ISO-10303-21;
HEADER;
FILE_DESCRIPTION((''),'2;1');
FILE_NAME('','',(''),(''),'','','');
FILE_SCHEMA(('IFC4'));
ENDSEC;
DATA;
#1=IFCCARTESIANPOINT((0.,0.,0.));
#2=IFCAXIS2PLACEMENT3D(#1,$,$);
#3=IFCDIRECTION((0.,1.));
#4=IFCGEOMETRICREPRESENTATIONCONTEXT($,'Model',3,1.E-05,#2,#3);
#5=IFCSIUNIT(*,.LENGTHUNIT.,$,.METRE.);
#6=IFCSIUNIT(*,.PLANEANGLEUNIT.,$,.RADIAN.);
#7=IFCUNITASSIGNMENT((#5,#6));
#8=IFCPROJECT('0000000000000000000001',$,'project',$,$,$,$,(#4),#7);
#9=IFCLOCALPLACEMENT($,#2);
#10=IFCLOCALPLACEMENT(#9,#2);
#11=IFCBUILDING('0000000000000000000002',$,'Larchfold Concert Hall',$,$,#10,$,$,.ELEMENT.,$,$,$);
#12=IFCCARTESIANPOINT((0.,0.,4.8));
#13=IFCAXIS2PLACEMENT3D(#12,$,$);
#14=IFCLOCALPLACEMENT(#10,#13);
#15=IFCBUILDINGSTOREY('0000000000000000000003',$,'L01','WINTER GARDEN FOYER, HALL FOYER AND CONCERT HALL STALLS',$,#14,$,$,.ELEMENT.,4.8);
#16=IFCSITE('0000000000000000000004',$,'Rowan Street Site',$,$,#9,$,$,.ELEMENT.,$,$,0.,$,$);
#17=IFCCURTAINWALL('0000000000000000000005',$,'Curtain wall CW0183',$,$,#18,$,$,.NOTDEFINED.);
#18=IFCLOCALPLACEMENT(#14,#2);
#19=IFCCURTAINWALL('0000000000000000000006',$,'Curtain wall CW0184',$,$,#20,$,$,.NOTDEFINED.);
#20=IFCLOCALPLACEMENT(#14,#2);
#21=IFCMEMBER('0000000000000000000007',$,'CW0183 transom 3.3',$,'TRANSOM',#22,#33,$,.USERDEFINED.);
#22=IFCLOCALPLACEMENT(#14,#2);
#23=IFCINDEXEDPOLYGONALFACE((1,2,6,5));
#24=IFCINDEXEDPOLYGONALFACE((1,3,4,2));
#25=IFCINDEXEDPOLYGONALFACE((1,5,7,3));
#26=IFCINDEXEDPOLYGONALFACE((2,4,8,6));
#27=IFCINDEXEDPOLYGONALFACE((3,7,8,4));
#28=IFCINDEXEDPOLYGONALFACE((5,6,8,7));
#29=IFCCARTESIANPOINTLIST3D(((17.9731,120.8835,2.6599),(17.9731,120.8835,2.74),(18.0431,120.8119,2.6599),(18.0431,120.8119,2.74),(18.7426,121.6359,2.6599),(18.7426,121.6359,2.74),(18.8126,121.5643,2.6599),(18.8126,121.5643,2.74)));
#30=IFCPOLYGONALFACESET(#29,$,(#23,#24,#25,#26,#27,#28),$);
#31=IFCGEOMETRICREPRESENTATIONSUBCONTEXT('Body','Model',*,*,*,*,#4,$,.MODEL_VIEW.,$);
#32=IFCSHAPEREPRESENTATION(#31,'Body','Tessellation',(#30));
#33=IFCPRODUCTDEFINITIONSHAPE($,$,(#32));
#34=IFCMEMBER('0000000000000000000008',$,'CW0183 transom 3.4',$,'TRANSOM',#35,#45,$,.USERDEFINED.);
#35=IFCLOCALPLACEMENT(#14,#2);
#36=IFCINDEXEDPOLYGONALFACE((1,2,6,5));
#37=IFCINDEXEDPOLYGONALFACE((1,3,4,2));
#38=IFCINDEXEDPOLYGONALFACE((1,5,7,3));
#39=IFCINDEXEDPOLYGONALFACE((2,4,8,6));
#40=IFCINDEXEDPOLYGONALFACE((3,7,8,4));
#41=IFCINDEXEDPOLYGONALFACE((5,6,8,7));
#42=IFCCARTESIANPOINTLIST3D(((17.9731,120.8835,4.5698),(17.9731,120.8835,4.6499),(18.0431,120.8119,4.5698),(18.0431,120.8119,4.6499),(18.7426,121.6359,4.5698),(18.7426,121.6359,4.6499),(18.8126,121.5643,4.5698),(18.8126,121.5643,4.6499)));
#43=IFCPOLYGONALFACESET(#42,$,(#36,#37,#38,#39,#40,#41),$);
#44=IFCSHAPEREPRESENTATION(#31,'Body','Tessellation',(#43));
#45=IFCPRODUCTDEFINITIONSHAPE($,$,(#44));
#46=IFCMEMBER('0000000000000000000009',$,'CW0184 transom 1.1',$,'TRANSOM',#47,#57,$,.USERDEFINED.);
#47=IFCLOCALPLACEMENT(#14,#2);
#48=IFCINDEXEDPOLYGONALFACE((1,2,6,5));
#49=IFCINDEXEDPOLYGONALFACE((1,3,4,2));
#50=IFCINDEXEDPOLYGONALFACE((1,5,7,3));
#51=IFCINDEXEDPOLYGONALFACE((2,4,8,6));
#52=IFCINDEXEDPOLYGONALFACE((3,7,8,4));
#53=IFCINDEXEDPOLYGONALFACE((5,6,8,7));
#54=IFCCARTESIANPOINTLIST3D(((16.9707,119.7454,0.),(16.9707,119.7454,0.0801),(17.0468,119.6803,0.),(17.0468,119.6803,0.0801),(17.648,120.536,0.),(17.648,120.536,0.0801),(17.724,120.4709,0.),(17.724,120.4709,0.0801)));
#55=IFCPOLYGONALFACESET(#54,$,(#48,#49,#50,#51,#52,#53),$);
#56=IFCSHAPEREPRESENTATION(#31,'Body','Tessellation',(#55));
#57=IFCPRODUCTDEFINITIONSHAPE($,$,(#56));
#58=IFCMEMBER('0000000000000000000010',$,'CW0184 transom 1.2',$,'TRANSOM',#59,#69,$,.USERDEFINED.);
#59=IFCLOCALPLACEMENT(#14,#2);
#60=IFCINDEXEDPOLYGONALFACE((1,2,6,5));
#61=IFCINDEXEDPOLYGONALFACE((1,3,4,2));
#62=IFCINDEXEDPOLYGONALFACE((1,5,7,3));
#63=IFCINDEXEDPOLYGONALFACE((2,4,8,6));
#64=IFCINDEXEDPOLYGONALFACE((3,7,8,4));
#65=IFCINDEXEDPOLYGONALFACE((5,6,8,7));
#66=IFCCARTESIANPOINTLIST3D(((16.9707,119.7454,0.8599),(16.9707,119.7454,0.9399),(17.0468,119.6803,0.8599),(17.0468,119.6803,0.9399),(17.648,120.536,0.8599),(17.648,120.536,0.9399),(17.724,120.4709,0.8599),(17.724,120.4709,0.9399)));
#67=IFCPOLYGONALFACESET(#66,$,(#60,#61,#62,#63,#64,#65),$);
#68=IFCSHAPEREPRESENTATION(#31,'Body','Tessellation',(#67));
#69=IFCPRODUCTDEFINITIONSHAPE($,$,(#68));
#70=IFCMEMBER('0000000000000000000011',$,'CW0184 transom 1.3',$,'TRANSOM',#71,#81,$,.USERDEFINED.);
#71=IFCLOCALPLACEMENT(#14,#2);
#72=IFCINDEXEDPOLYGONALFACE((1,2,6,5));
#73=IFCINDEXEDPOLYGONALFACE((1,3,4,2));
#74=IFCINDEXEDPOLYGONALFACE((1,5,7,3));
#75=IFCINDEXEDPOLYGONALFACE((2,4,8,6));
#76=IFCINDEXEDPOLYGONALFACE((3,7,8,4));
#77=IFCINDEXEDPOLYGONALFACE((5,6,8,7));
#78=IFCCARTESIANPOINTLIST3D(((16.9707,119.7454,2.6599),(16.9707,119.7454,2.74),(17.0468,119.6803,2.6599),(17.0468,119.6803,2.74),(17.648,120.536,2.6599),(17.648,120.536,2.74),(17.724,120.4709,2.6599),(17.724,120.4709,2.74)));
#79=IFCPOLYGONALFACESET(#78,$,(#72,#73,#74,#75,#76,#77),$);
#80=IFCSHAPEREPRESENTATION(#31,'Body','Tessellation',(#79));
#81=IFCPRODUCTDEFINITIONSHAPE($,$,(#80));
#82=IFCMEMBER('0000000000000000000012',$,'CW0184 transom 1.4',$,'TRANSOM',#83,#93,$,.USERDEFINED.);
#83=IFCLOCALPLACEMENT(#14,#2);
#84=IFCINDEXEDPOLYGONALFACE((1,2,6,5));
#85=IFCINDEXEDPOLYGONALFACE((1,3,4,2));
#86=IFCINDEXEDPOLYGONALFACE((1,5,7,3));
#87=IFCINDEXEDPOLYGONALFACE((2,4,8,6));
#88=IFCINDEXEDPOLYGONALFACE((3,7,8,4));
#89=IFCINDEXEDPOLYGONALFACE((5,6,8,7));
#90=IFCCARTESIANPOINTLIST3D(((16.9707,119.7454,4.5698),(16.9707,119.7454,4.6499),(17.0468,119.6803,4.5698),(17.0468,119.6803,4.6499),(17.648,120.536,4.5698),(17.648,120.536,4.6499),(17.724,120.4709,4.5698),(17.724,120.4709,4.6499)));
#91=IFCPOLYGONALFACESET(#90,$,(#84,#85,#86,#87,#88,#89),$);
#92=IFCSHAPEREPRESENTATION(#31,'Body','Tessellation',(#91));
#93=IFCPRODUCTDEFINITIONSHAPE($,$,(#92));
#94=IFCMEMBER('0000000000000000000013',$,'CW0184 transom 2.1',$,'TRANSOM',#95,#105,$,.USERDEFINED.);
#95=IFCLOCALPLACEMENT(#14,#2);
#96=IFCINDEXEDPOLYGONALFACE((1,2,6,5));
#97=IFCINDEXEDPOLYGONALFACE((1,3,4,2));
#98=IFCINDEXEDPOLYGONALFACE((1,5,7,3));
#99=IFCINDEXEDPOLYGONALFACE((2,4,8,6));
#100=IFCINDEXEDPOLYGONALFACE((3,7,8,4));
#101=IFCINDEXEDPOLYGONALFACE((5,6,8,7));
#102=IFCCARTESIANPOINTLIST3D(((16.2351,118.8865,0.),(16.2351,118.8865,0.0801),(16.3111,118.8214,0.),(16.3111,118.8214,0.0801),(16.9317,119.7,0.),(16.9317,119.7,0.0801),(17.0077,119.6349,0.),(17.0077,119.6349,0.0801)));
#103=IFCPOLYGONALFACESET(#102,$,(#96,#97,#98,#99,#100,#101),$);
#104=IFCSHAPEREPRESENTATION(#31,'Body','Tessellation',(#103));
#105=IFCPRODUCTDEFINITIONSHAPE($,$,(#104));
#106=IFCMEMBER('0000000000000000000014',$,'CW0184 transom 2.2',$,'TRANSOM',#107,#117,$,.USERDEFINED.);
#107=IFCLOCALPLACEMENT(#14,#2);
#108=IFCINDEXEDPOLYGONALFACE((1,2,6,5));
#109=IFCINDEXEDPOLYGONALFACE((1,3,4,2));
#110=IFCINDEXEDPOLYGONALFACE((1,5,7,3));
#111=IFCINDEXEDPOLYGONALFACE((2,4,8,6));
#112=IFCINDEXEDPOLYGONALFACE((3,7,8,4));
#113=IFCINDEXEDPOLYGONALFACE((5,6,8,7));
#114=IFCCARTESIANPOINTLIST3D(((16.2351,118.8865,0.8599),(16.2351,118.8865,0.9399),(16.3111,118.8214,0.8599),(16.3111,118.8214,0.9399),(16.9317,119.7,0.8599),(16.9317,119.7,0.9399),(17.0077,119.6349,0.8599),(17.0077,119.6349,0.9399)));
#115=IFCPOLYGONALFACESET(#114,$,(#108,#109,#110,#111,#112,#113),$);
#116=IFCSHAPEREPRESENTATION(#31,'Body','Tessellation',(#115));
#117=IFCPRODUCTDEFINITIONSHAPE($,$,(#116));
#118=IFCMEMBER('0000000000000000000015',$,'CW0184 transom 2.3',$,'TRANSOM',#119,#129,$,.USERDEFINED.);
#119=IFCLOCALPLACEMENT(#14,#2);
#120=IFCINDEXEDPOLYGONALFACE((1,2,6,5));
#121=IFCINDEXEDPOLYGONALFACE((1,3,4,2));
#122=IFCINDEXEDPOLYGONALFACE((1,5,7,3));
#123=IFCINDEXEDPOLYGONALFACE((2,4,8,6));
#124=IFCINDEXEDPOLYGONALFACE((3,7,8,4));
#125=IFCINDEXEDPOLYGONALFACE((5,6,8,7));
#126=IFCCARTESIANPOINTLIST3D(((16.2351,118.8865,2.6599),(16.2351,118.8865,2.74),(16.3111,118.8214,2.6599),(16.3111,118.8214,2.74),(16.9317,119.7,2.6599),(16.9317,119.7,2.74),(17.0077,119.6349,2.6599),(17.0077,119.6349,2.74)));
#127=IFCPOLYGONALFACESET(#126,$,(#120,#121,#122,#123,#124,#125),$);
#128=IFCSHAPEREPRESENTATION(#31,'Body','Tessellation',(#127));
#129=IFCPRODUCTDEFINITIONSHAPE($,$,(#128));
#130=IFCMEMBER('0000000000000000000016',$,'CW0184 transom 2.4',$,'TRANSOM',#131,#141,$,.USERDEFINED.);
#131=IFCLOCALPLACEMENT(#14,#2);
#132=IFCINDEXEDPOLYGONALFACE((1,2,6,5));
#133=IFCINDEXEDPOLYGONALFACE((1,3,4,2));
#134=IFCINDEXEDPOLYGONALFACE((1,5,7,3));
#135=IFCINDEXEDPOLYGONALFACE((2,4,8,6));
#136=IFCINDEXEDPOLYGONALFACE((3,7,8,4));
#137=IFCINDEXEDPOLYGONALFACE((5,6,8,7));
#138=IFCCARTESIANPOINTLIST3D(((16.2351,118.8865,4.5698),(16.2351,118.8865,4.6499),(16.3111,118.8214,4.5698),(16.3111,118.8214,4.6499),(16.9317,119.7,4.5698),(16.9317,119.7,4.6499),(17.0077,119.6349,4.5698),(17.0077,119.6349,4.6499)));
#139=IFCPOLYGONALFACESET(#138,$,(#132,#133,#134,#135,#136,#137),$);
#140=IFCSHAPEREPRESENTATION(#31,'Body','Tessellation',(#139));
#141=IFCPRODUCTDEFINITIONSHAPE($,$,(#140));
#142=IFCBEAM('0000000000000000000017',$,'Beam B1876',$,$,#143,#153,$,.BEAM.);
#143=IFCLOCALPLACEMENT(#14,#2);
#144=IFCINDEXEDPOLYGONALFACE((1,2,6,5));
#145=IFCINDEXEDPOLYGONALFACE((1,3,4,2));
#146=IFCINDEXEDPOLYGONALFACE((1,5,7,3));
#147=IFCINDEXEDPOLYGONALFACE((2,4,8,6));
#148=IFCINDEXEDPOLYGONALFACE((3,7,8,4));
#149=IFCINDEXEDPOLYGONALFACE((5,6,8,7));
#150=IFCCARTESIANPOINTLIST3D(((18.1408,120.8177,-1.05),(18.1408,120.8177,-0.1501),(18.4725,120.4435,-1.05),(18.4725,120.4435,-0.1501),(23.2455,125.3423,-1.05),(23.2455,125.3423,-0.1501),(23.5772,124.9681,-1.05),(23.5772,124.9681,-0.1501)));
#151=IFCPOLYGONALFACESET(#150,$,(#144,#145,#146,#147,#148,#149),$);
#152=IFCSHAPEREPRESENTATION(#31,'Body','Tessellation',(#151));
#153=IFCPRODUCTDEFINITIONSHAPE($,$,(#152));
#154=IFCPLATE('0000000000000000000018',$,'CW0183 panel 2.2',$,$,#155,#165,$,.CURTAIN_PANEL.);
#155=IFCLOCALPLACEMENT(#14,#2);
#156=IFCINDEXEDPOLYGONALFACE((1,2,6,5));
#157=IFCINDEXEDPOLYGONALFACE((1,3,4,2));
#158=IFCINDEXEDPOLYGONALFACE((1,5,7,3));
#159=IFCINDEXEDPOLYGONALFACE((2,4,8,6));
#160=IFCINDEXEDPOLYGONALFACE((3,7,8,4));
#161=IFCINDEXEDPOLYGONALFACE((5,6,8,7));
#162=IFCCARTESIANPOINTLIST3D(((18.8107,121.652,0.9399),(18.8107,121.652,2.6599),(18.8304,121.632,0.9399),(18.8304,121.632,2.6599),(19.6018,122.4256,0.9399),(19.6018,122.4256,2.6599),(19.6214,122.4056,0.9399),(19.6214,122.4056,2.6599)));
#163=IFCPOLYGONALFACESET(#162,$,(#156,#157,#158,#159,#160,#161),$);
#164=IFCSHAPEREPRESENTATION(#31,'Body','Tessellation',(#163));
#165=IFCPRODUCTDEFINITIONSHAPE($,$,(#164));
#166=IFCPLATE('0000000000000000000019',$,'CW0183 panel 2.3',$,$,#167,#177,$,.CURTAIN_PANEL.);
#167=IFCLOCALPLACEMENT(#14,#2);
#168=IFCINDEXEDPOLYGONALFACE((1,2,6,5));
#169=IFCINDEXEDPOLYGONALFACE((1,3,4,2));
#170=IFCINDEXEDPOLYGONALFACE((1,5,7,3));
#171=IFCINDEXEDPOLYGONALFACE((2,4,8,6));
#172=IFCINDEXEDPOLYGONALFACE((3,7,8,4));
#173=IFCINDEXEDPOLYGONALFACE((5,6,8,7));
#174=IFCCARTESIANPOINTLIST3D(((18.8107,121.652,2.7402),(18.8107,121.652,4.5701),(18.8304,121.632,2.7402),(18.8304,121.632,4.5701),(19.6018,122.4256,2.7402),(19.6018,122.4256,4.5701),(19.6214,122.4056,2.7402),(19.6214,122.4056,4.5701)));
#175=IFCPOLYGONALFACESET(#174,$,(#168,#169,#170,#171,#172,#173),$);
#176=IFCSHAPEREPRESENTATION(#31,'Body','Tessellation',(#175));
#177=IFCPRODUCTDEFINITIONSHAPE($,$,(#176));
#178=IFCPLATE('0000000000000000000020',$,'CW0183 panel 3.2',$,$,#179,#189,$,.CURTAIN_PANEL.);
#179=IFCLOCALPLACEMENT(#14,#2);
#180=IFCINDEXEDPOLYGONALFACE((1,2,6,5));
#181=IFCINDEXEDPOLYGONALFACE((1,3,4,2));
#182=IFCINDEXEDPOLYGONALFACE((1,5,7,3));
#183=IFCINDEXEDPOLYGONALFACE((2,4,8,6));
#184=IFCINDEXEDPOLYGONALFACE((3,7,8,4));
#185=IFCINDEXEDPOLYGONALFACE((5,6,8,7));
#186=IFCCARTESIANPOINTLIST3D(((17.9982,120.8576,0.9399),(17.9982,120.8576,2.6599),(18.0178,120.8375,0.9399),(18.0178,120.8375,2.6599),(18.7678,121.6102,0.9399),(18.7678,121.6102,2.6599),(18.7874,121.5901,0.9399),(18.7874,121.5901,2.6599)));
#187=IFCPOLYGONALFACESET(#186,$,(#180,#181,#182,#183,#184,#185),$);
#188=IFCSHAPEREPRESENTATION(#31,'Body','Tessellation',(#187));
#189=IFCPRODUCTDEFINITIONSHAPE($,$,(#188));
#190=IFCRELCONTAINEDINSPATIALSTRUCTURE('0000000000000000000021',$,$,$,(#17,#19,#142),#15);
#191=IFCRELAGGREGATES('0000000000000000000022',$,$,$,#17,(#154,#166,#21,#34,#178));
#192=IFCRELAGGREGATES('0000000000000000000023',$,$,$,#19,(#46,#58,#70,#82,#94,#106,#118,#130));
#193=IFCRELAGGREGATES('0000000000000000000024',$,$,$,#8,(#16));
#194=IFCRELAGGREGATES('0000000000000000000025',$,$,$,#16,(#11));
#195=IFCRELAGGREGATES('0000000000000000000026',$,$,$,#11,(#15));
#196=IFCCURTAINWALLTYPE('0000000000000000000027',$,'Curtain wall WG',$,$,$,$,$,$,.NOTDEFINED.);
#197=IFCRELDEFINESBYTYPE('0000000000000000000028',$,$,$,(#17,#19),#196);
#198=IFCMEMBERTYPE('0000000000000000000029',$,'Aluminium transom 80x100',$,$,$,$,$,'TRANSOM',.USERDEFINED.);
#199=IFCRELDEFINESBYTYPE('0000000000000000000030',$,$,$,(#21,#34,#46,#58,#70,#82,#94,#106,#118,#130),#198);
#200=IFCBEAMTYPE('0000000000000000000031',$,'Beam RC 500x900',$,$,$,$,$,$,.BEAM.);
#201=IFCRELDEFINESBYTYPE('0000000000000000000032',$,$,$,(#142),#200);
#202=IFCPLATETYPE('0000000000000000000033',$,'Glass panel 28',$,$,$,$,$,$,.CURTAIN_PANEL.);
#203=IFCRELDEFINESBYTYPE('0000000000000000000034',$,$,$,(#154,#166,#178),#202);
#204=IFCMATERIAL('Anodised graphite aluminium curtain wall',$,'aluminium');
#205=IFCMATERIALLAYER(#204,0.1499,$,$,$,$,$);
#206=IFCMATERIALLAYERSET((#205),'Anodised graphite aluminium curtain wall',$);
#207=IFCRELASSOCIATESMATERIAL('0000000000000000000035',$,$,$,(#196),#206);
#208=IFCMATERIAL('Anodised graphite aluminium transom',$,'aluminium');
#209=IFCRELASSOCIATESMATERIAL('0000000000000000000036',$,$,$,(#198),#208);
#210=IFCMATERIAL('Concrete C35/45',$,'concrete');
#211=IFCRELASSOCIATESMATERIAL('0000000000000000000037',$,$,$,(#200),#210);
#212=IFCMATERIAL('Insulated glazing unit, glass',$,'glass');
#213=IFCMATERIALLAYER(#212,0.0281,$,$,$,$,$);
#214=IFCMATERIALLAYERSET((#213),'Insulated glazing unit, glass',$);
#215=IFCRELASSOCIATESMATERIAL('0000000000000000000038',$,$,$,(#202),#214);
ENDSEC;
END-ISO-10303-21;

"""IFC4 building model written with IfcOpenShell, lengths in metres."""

from ifc_helpers import new_model, si_unit, direction, frame, origin, origin_2d, place, context, subcontext, project, spatial, rectangle, extrude, material, layer, layer_set, material_profile, profile_set, type_object, element, aggregate, save


model = new_model("IFC4")

# Units and contexts
model_context = context("Model", 3, precision=1e-05, world=origin(), true_north=direction((0.0, 1.0)))
body_context = subcontext(model_context, "Body", "Model", "MODEL_VIEW")
ifc_project = project(units=[si_unit("LENGTHUNIT", "METRE"), si_unit("PLANEANGLEUNIT", "RADIAN")], contexts=[model_context])

# Site, building, storey
site_placement = place(None, origin())
site = spatial("IfcSite", under=ifc_project, at=site_placement, Name="Rowan Street Site", CompositionType="ELEMENT", RefElevation=0.0)
building_placement = place(site_placement, origin())
building = spatial("IfcBuilding", under=site, at=building_placement, Name="Larchfold Concert Hall", CompositionType="ELEMENT")
storey_placement = place(building_placement, frame((0.0, 0.0, 4.8)))
storey = spatial("IfcBuildingStorey", under=building, at=storey_placement, Name="L01", Description="WINTER GARDEN FOYER, HALL FOYER AND CONCERT HALL STALLS", CompositionType="ELEMENT", Elevation=4.8)

# Curtain walls
ifc_material_1 = material(Name="Anodised graphite aluminium curtain wall", Category="aluminium")
ifc_layer_1 = layer(ifc_material_1, 0.1499)
ifc_layer_set_1 = layer_set([ifc_layer_1], Name="Anodised graphite aluminium curtain wall")
curtain_wall_type = type_object("IfcCurtainWallType", Name="Curtain wall WG", PredefinedType="NOTDEFINED", material=ifc_layer_set_1)
curtain_wall_1_placement = place(storey_placement, origin())
curtain_wall_1 = element("IfcCurtainWall", 1, at=curtain_wall_1_placement, inside=storey, type_object=curtain_wall_type, Name="Curtain wall CW0183", PredefinedType="NOTDEFINED")
curtain_wall_2_placement = place(storey_placement, origin())
curtain_wall_2 = element("IfcCurtainWall", 2, at=curtain_wall_2_placement, inside=storey, type_object=curtain_wall_type, Name="Curtain wall CW0184", PredefinedType="NOTDEFINED")

# Members
ifc_material_2 = material(Name="Anodised graphite aluminium transom", Category="aluminium")
ifc_material_profile_1 = material_profile(ifc_material_2, rectangle(XDim=0.1001, YDim=0.0801, at=origin_2d()))
ifc_profile_set_1 = profile_set([ifc_material_profile_1], Name="Anodised graphite aluminium transom")
member_type_1 = type_object("IfcMemberType", Name="Aluminium transom 80x100", ElementType="TRANSOM", PredefinedType="USERDEFINED", material=ifc_profile_set_1)
member_1_placement = place(storey_placement, frame((18.7776, 121.6001, 2.7), z_axis=(-0.715002, -0.699123, 0.0), x_axis=(0.699123, -0.715002, 0.0)))
member_1 = element("IfcMember", 3, at=member_1_placement, type_object=member_type_1, Name="CW0183 transom 3.3", ObjectType="TRANSOM", PredefinedType="USERDEFINED", context=body_context, shape_type="SweptSolid", body=[
    extrude(rectangle(XDim=0.1001, YDim=0.0801, at=origin_2d()), origin(), (0.0, 0.0, 1.0), 1.0762),
])
member_2_placement = place(storey_placement, frame((18.7776, 121.6001, 4.6099), z_axis=(-0.715002, -0.699123, 0.0), x_axis=(0.699123, -0.715002, 0.0)))
member_2 = element("IfcMember", 4, at=member_2_placement, type_object=member_type_1, Name="CW0183 transom 3.4", ObjectType="TRANSOM", PredefinedType="USERDEFINED", context=body_context, shape_type="SweptSolid", body=[
    extrude(rectangle(XDim=0.1001, YDim=0.0801, at=origin_2d()), origin(), (0.0, 0.0, 1.0), 1.0762),
])
member_3_placement = place(storey_placement, frame((17.686, 120.5034, 0.04), z_axis=(-0.650598, -0.759422, 0.0), x_axis=(0.759422, -0.650598, 0.0)))
member_3 = element("IfcMember", 5, at=member_3_placement, type_object=member_type_1, Name="CW0184 transom 1.1", ObjectType="TRANSOM", PredefinedType="USERDEFINED", context=body_context, shape_type="SweptSolid", body=[
    extrude(rectangle(XDim=0.1001, YDim=0.0801, at=origin_2d()), origin(), (0.0, 0.0, 1.0), 1.041),
])
member_4_placement = place(storey_placement, frame((17.686, 120.5034, 0.8999), z_axis=(-0.650598, -0.759422, 0.0), x_axis=(0.759422, -0.650598, 0.0)))
member_4 = element("IfcMember", 6, at=member_4_placement, type_object=member_type_1, Name="CW0184 transom 1.2", ObjectType="TRANSOM", PredefinedType="USERDEFINED", context=body_context, shape_type="SweptSolid", body=[
    extrude(rectangle(XDim=0.1001, YDim=0.0801, at=origin_2d()), origin(), (0.0, 0.0, 1.0), 1.041),
])
member_5_placement = place(storey_placement, frame((17.686, 120.5034, 2.7), z_axis=(-0.650598, -0.759422, 0.0), x_axis=(0.759422, -0.650598, 0.0)))
member_5 = element("IfcMember", 7, at=member_5_placement, type_object=member_type_1, Name="CW0184 transom 1.3", ObjectType="TRANSOM", PredefinedType="USERDEFINED", context=body_context, shape_type="SweptSolid", body=[
    extrude(rectangle(XDim=0.1001, YDim=0.0801, at=origin_2d()), origin(), (0.0, 0.0, 1.0), 1.041),
])
member_6_placement = place(storey_placement, frame((17.686, 120.5034, 4.6099), z_axis=(-0.650598, -0.759422, 0.0), x_axis=(0.759422, -0.650598, 0.0)))
member_6 = element("IfcMember", 8, at=member_6_placement, type_object=member_type_1, Name="CW0184 transom 1.4", ObjectType="TRANSOM", PredefinedType="USERDEFINED", context=body_context, shape_type="SweptSolid", body=[
    extrude(rectangle(XDim=0.1001, YDim=0.0801, at=origin_2d()), origin(), (0.0, 0.0, 1.0), 1.041),
])
member_7_placement = place(storey_placement, frame((16.9697, 119.6675, 0.04), z_axis=(-0.650397, -0.759594, 0.0), x_axis=(0.759594, -0.650397, 0.0)))
member_7 = element("IfcMember", 9, at=member_7_placement, type_object=member_type_1, Name="CW0184 transom 2.1", ObjectType="TRANSOM", PredefinedType="USERDEFINED", context=body_context, shape_type="SweptSolid", body=[
    extrude(rectangle(XDim=0.1001, YDim=0.0801, at=origin_2d()), origin(), (0.0, 0.0, 1.0), 1.071),
])
member_8_placement = place(storey_placement, frame((16.9697, 119.6675, 0.8999), z_axis=(-0.650397, -0.759594, 0.0), x_axis=(0.759594, -0.650397, 0.0)))
member_8 = element("IfcMember", 10, at=member_8_placement, type_object=member_type_1, Name="CW0184 transom 2.2", ObjectType="TRANSOM", PredefinedType="USERDEFINED", context=body_context, shape_type="SweptSolid", body=[
    extrude(rectangle(XDim=0.1001, YDim=0.0801, at=origin_2d()), origin(), (0.0, 0.0, 1.0), 1.071),
])
member_9_placement = place(storey_placement, frame((16.9697, 119.6675, 2.7), z_axis=(-0.650397, -0.759594, 0.0), x_axis=(0.759594, -0.650397, 0.0)))
member_9 = element("IfcMember", 11, at=member_9_placement, type_object=member_type_1, Name="CW0184 transom 2.3", ObjectType="TRANSOM", PredefinedType="USERDEFINED", context=body_context, shape_type="SweptSolid", body=[
    extrude(rectangle(XDim=0.1001, YDim=0.0801, at=origin_2d()), origin(), (0.0, 0.0, 1.0), 1.071),
])
member_10_placement = place(storey_placement, frame((16.9697, 119.6675, 4.6099), z_axis=(-0.650397, -0.759594, 0.0), x_axis=(0.759594, -0.650397, 0.0)))
member_10 = element("IfcMember", 12, at=member_10_placement, type_object=member_type_1, Name="CW0184 transom 2.4", ObjectType="TRANSOM", PredefinedType="USERDEFINED", context=body_context, shape_type="SweptSolid", body=[
    extrude(rectangle(XDim=0.1001, YDim=0.0801, at=origin_2d()), origin(), (0.0, 0.0, 1.0), 1.071),
])

# Beam
ifc_material_3 = material(Name="Concrete C35/45", Category="concrete")
ifc_material_profile_2 = material_profile(ifc_material_3, rectangle(XDim=0.5, YDim=0.8999, at=origin_2d()))
ifc_profile_set_2 = profile_set([ifc_material_profile_2], Name="Concrete C35/45")
beam_type = type_object("IfcBeamType", Name="Beam RC 500x900", PredefinedType="BEAM", material=ifc_profile_set_2)
beam_placement = place(storey_placement, frame((18.3066, 120.6306, -0.6001), z_axis=(0.748347, 0.663308, 0.0), x_axis=(-0.663308, 0.748347, 0.0)))
element("IfcBeam", 13, at=beam_placement, inside=storey, type_object=beam_type, Name="Beam B1876", PredefinedType="BEAM", context=body_context, shape_type="SweptSolid", body=[
    extrude(rectangle(XDim=0.5, YDim=0.8999, at=origin_2d()), origin(), (0.0, 0.0, 1.0), 6.8213),
])

# Plates
ifc_material_4 = material(Name="Insulated glazing unit, glass", Category="glass")
ifc_layer_2 = layer(ifc_material_4, 0.0281)
ifc_layer_set_2 = layer_set([ifc_layer_2], Name="Insulated glazing unit, glass")
plate_type_1 = type_object("IfcPlateType", Name="Glass panel 28", PredefinedType="CURTAIN_PANEL", material=ifc_layer_set_2)
plate_1_placement = place(storey_placement, frame((19.2161, 122.0288, 0.9399), z_axis=(0.0, 0.0, 1.0), x_axis=(-0.714947, -0.699179, 0.0)))
plate_1 = element("IfcPlate", 14, at=plate_1_placement, type_object=plate_type_1, Name="CW0183 panel 2.2", PredefinedType="CURTAIN_PANEL", context=body_context, shape_type="SweptSolid", body=[
    extrude(rectangle(XDim=1.1064, YDim=0.0281, at=origin_2d()), origin(), (0.0, 0.0, 1.0), 1.72),
])
plate_2_placement = place(storey_placement, frame((19.2161, 122.0288, 2.7402), z_axis=(0.0, 0.0, 1.0), x_axis=(-0.714947, -0.699179, 0.0)))
plate_2 = element("IfcPlate", 15, at=plate_2_placement, type_object=plate_type_1, Name="CW0183 panel 2.3", PredefinedType="CURTAIN_PANEL", context=body_context, shape_type="SweptSolid", body=[
    extrude(rectangle(XDim=1.1064, YDim=0.0281, at=origin_2d()), origin(), (0.0, 0.0, 1.0), 1.8298),
])
plate_3_placement = place(storey_placement, frame((18.3928, 121.2239, 0.9399), z_axis=(0.0, 0.0, 1.0), x_axis=(-0.714947, -0.699179, 0.0)))
plate_3 = element("IfcPlate", 16, at=plate_3_placement, type_object=plate_type_1, Name="CW0183 panel 3.2", PredefinedType="CURTAIN_PANEL", context=body_context, shape_type="SweptSolid", body=[
    extrude(rectangle(XDim=1.0764, YDim=0.0281, at=origin_2d()), origin(), (0.0, 0.0, 1.0), 1.72),
])
aggregate(curtain_wall_1, [plate_1, plate_2, member_1, member_2, plate_3])
aggregate(curtain_wall_2, [member_3, member_4, member_5, member_6, member_7, member_8, member_9, member_10])

save(model, "model.ifc")
